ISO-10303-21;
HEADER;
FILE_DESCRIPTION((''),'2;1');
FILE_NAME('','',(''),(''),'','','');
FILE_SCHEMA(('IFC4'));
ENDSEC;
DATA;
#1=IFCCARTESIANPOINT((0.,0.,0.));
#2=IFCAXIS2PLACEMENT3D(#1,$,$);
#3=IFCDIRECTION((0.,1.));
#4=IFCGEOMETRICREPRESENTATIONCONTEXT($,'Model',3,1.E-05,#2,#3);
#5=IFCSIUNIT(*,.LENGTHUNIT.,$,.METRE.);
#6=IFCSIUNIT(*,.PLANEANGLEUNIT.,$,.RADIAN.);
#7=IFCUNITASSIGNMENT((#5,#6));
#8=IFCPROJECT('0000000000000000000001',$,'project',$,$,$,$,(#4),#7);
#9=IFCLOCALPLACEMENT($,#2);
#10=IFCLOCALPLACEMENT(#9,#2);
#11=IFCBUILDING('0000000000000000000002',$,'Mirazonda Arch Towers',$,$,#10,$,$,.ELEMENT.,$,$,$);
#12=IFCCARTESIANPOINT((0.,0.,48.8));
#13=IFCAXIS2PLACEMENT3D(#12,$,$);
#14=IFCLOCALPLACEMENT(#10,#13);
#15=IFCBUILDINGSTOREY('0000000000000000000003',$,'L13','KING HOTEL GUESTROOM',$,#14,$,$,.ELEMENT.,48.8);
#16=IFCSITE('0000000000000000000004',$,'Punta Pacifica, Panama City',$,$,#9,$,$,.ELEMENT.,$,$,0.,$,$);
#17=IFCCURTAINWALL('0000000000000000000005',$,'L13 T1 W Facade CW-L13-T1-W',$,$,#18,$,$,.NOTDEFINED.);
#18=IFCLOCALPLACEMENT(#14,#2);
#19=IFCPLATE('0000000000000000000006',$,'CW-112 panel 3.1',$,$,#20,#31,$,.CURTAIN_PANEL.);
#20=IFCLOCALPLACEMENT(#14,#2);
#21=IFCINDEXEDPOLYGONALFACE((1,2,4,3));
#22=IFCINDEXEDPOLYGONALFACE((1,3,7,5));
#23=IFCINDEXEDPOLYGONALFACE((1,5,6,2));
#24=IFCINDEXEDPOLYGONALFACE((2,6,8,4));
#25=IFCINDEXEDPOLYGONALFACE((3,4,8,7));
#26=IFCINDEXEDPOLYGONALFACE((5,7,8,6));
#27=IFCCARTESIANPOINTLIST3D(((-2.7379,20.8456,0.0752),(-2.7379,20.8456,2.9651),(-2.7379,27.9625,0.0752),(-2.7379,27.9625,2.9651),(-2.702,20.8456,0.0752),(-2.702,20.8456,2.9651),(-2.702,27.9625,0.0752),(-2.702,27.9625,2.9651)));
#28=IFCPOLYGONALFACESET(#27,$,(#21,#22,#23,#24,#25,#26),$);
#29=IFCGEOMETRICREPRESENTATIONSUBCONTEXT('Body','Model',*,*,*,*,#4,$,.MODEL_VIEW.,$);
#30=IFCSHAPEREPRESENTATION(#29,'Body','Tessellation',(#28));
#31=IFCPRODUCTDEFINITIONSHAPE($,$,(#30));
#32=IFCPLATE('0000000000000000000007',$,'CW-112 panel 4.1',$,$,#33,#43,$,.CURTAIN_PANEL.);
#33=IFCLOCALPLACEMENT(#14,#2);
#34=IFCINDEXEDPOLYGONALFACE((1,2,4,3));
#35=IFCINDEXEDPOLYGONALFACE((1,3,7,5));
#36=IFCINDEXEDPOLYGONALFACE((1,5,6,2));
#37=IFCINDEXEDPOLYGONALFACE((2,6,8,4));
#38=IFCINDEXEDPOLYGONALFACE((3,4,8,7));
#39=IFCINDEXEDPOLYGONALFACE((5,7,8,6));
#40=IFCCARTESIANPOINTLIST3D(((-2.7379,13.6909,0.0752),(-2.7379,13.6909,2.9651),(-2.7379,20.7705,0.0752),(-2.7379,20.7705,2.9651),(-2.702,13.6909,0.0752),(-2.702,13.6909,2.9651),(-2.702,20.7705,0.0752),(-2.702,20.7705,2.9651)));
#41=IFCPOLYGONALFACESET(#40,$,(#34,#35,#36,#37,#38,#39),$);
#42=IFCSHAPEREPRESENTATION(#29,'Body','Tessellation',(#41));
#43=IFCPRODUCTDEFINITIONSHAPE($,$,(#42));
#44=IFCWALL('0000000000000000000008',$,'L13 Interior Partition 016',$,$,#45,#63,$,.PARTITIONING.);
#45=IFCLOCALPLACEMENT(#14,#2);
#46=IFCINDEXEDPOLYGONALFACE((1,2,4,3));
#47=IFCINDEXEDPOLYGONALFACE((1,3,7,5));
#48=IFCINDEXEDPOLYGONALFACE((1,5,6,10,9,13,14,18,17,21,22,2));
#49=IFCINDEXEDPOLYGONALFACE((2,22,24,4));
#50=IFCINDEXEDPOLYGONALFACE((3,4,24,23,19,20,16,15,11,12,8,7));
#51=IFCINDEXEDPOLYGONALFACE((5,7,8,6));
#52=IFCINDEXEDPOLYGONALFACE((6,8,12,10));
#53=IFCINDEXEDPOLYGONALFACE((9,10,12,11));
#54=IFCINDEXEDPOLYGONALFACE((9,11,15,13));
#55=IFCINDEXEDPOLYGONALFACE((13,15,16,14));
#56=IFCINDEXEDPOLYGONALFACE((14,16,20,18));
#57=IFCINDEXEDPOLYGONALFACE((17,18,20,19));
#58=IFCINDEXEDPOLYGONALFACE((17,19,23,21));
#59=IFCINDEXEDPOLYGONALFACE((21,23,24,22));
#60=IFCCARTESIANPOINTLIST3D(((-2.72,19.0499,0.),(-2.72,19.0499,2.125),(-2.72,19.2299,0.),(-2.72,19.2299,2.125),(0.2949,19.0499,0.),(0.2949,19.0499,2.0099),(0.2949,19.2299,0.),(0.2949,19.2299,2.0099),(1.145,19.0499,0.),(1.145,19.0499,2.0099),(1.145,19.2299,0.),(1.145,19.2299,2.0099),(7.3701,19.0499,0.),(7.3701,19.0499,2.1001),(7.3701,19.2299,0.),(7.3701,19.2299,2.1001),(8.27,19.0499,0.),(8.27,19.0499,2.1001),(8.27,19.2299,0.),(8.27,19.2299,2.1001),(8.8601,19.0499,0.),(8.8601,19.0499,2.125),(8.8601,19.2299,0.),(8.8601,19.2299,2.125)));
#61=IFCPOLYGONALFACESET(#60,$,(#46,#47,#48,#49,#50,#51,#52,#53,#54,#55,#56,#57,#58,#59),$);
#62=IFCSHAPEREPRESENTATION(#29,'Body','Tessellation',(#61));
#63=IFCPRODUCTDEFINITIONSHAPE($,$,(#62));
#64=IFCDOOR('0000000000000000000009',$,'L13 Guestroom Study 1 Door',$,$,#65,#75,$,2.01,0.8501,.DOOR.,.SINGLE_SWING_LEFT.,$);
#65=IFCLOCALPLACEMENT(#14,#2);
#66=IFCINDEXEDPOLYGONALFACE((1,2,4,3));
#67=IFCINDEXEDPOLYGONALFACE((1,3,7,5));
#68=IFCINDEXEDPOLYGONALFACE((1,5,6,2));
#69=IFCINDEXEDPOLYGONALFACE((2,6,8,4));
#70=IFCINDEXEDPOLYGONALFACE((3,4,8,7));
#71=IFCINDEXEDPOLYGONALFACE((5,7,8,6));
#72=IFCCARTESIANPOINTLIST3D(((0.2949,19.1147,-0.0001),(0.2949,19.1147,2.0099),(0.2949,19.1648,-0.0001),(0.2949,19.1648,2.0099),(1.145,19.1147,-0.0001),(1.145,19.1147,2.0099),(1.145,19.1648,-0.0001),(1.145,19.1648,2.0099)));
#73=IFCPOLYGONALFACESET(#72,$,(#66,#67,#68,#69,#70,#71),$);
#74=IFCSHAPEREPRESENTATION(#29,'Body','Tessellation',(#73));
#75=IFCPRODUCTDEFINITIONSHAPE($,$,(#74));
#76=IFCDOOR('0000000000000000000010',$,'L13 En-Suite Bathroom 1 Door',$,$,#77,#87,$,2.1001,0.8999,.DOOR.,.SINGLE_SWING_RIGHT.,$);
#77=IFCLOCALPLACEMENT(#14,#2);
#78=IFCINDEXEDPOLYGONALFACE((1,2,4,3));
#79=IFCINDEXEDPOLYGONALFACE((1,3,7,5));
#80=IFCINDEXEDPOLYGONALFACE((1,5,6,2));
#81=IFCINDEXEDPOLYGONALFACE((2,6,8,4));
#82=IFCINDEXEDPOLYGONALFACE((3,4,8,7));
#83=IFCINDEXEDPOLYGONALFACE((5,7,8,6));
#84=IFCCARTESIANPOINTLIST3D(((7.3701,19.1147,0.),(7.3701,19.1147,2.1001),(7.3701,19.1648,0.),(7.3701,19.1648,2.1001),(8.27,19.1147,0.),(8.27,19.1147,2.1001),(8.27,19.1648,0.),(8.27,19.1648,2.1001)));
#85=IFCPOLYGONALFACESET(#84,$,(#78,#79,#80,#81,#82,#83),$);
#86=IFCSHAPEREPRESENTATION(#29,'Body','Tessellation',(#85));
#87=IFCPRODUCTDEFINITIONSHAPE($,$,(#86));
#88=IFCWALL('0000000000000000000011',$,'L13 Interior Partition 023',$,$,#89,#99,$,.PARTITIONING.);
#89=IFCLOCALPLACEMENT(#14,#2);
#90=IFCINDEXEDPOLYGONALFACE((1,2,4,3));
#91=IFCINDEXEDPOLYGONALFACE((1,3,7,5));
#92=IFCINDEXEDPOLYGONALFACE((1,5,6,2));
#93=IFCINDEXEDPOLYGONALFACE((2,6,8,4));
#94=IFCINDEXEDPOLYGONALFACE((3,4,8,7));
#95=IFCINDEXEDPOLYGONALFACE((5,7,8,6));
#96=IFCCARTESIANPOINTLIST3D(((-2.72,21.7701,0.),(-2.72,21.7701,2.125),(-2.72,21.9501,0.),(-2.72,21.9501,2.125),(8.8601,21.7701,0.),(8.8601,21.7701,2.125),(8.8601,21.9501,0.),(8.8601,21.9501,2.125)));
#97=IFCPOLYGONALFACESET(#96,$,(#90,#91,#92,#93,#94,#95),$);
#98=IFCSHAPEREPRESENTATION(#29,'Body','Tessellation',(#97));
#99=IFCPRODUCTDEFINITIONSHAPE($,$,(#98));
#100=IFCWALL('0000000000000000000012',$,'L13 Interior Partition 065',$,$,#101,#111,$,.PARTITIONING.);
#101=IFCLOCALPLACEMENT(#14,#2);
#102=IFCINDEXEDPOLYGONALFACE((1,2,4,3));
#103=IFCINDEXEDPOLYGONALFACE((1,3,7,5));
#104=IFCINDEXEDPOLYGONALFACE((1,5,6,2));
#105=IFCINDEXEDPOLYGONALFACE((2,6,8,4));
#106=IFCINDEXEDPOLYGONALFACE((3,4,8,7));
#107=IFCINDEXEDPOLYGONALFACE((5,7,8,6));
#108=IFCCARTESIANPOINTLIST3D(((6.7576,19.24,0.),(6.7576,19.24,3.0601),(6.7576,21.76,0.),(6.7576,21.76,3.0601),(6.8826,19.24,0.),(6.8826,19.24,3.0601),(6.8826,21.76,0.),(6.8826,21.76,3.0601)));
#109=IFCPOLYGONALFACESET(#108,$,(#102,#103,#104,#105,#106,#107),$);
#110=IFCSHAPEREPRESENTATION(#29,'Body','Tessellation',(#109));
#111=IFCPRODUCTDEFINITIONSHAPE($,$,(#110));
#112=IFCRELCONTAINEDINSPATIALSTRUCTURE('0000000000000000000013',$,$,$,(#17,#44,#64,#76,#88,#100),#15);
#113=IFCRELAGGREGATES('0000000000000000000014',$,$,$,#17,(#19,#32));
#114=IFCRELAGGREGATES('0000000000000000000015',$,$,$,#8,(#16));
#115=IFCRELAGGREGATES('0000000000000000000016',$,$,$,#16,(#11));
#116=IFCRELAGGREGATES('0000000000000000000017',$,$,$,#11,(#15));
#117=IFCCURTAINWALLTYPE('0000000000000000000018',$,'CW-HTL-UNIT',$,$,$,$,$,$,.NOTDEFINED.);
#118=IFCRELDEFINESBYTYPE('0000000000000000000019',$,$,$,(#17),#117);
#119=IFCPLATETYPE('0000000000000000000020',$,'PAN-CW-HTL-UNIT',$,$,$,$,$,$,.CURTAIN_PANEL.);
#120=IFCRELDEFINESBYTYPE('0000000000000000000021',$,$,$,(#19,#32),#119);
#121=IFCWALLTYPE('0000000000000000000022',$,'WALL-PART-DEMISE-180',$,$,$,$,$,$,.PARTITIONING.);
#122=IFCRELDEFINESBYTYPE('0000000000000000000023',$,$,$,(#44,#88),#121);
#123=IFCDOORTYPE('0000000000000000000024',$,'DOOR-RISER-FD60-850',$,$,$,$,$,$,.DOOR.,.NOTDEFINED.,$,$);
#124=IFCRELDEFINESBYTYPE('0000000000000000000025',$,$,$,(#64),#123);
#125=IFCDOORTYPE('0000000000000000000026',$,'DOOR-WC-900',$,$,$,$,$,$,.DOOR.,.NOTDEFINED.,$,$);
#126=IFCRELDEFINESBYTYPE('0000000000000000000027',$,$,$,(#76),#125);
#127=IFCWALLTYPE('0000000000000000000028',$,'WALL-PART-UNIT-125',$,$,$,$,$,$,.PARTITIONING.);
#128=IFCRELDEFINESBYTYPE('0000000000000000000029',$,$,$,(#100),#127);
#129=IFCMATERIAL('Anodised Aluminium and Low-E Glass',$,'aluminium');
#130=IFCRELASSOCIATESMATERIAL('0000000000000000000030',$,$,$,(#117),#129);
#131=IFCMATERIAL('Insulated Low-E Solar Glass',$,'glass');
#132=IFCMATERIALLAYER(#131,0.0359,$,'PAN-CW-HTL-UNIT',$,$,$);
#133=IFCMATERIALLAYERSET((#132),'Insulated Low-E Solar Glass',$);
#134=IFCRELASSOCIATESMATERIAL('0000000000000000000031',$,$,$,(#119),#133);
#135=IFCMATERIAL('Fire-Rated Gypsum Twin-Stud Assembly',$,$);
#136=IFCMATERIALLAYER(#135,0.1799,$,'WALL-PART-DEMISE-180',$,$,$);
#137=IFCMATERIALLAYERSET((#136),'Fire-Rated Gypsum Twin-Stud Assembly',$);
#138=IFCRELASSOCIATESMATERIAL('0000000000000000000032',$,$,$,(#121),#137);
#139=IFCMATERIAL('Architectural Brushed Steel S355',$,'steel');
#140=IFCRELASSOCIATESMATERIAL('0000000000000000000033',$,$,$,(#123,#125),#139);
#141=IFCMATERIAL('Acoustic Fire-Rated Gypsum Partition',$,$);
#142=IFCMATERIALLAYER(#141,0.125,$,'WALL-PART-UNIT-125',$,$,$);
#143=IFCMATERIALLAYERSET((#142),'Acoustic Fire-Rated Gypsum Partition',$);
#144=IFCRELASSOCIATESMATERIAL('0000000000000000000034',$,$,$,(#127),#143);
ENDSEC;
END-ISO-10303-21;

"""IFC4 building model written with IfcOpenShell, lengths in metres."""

from ifc_helpers import new_model, si_unit, direction, frame, frame_2d, origin, origin_2d, place, context, subcontext, project, spatial, rectangle, extrude, material, layer, layer_set, type_object, element, fill, aggregate, save


model = new_model("IFC4")

# Units and contexts
model_context = context("Model", 3, precision=1e-05, world=origin(), true_north=direction((0.0, 1.0)))
body_context = subcontext(model_context, "Body", "Model", "MODEL_VIEW")
ifc_project = project(units=[si_unit("LENGTHUNIT", "METRE"), si_unit("PLANEANGLEUNIT", "RADIAN")], contexts=[model_context])

# Site, building, storey
site_placement = place(None, origin())
site = spatial("IfcSite", under=ifc_project, at=site_placement, Name="Punta Pacifica, Panama City", CompositionType="ELEMENT", RefElevation=0.0)
building_placement = place(site_placement, origin())
building = spatial("IfcBuilding", under=site, at=building_placement, Name="Mirazonda Arch Towers", CompositionType="ELEMENT")
storey_placement = place(building_placement, frame((0.0, 0.0, 48.8)))
storey = spatial("IfcBuildingStorey", under=building, at=storey_placement, Name="L13", Description="KING HOTEL GUESTROOM", CompositionType="ELEMENT", Elevation=48.8)

# Curtain wall, plates
ifc_material_1 = material(Name="Anodised Aluminium and Low-E Glass", Category="aluminium")
curtain_wall_type = type_object("IfcCurtainWallType", Name="CW-HTL-UNIT", PredefinedType="NOTDEFINED", material=ifc_material_1)
curtain_wall_placement = place(storey_placement, origin())
curtain_wall = element("IfcCurtainWall", 1, at=curtain_wall_placement, inside=storey, type_object=curtain_wall_type, Name="L13 T1 W Facade CW-L13-T1-W", PredefinedType="NOTDEFINED")
ifc_material_2 = material(Name="Insulated Low-E Solar Glass", Category="glass")
ifc_layer_1 = layer(ifc_material_2, 0.0359, Name="PAN-CW-HTL-UNIT")
ifc_layer_set_1 = layer_set([ifc_layer_1], Name="Insulated Low-E Solar Glass")
plate_type = type_object("IfcPlateType", Name="PAN-CW-HTL-UNIT", PredefinedType="CURTAIN_PANEL", material=ifc_layer_set_1)
plate_1_placement = place(storey_placement, frame((-2.72, 24.4041, 0.0752), z_axis=(0.0, 0.0, 1.0), x_axis=(0.0, -1.0, 0.0)))
plate_1 = element("IfcPlate", 2, at=plate_1_placement, type_object=plate_type, Name="CW-112 panel 3.1", PredefinedType="CURTAIN_PANEL", context=body_context, shape_type="SweptSolid", body=[
    extrude(rectangle(XDim=7.1169, YDim=0.0359, at=origin_2d()), origin(), (0.0, 0.0, 1.0), 2.8899),
])
plate_2_placement = place(storey_placement, frame((-2.72, 17.2307, 0.0752), z_axis=(0.0, 0.0, 1.0), x_axis=(0.0, -1.0, 0.0)))
plate_2 = element("IfcPlate", 3, at=plate_2_placement, type_object=plate_type, Name="CW-112 panel 4.1", PredefinedType="CURTAIN_PANEL", context=body_context, shape_type="SweptSolid", body=[
    extrude(rectangle(XDim=7.0796, YDim=0.0359, at=origin_2d()), origin(), (0.0, 0.0, 1.0), 2.8899),
])
aggregate(curtain_wall, [plate_1, plate_2])

# Wall, openings, doors
ifc_material_3 = material(Name="Fire-Rated Gypsum Twin-Stud Assembly")
ifc_layer_2 = layer(ifc_material_3, 0.1799, Name="WALL-PART-DEMISE-180")
ifc_layer_set_2 = layer_set([ifc_layer_2], Name="Fire-Rated Gypsum Twin-Stud Assembly")
wall_type_1 = type_object("IfcWallType", Name="WALL-PART-DEMISE-180", PredefinedType="PARTITIONING", material=ifc_layer_set_2)
wall_1_placement = place(storey_placement, frame((-2.72, 19.1399, 0.0), z_axis=(0.0, 0.0, 1.0), x_axis=(1.0, 0.0, 0.0)))
wall_1 = element("IfcWall", 4, at=wall_1_placement, inside=storey, type_object=wall_type_1, Name="L13 Interior Partition 016", PredefinedType="PARTITIONING", context=body_context, shape_type="SweptSolid", body=[
    extrude(rectangle(XDim=11.5801, YDim=0.1799, at=frame_2d((5.79, 0.0))), origin(), (0.0, 0.0, 1.0), 2.125),
])
opening_1_placement = place(wall_1_placement, frame((3.0149, 0.0, 0.0)))
opening_1 = element("IfcOpeningElement", 5, at=opening_1_placement, cuts=wall_1, PredefinedType="OPENING", context=body_context, shape_type="SweptSolid", body=[
    extrude(rectangle(XDim=0.8501, YDim=2.01, at=frame_2d((0.425, 1.0049))), frame((0.0, 0.0999, 0.0), z_axis=(0.0, -1.0, 0.0), x_axis=(1.0, 0.0, 0.0)), (0.0, 0.0, 1.0), 0.2),
])
opening_2_placement = place(wall_1_placement, frame((10.0901, 0.0, 0.0)))
opening_2 = element("IfcOpeningElement", 6, at=opening_2_placement, cuts=wall_1, PredefinedType="OPENING", context=body_context, shape_type="SweptSolid", body=[
    extrude(rectangle(XDim=0.8999, YDim=2.1001, at=frame_2d((0.45, 1.05))), frame((0.0, 0.0999, 0.0), z_axis=(0.0, -1.0, 0.0), x_axis=(1.0, 0.0, 0.0)), (0.0, 0.0, 1.0), 0.2),
])
ifc_material_4 = material(Name="Architectural Brushed Steel S355", Category="steel")
door_type_1 = type_object("IfcDoorType", Name="DOOR-RISER-FD60-850", OperationType="NOTDEFINED", PredefinedType="DOOR", material=ifc_material_4)
door_1_placement = place(opening_1_placement, origin())
door_1 = element("IfcDoor", 7, at=door_1_placement, inside=storey, type_object=door_type_1, Name="L13 Guestroom Study 1 Door", OperationType="SINGLE_SWING_LEFT", OverallHeight=2.01, OverallWidth=0.8501, PredefinedType="DOOR", context=body_context, shape_type="SweptSolid", body=[
    extrude(rectangle(XDim=0.8501, YDim=2.01, at=frame_2d((0.425, 1.0049))), frame((0.0, 0.0249, 0.0), z_axis=(0.0, -1.0, 0.0), x_axis=(1.0, 0.0, 0.0)), (0.0, 0.0, 1.0), 0.05),
])
fill(opening_1, door_1)
door_type_2 = type_object("IfcDoorType", Name="DOOR-WC-900", OperationType="NOTDEFINED", PredefinedType="DOOR", material=ifc_material_4)
door_2_placement = place(opening_2_placement, origin())
door_2 = element("IfcDoor", 8, at=door_2_placement, inside=storey, type_object=door_type_2, Name="L13 En-Suite Bathroom 1 Door", OperationType="SINGLE_SWING_RIGHT", OverallHeight=2.1001, OverallWidth=0.8999, PredefinedType="DOOR", context=body_context, shape_type="SweptSolid", body=[
    extrude(rectangle(XDim=0.8999, YDim=2.1001, at=frame_2d((0.45, 1.05))), frame((0.0, 0.0249, 0.0), z_axis=(0.0, -1.0, 0.0), x_axis=(1.0, 0.0, 0.0)), (0.0, 0.0, 1.0), 0.05),
])
fill(opening_2, door_2)

# Walls
wall_2_placement = place(storey_placement, frame((-2.72, 21.8601, 0.0), z_axis=(0.0, 0.0, 1.0), x_axis=(1.0, 0.0, 0.0)))
element("IfcWall", 9, at=wall_2_placement, inside=storey, type_object=wall_type_1, Name="L13 Interior Partition 023", PredefinedType="PARTITIONING", context=body_context, shape_type="SweptSolid", body=[
    extrude(rectangle(XDim=11.5801, YDim=0.1799, at=frame_2d((5.79, 0.0))), origin(), (0.0, 0.0, 1.0), 2.125),
])
ifc_material_5 = material(Name="Acoustic Fire-Rated Gypsum Partition")
ifc_layer_3 = layer(ifc_material_5, 0.125, Name="WALL-PART-UNIT-125")
ifc_layer_set_3 = layer_set([ifc_layer_3], Name="Acoustic Fire-Rated Gypsum Partition")
wall_type_2 = type_object("IfcWallType", Name="WALL-PART-UNIT-125", PredefinedType="PARTITIONING", material=ifc_layer_set_3)
wall_3_placement = place(storey_placement, frame((6.8201, 19.24, 0.0), z_axis=(0.0, 0.0, 1.0), x_axis=(0.0, 1.0, 0.0)))
element("IfcWall", 10, at=wall_3_placement, inside=storey, type_object=wall_type_2, Name="L13 Interior Partition 065", PredefinedType="PARTITIONING", context=body_context, shape_type="SweptSolid", body=[
    extrude(rectangle(XDim=2.52, YDim=0.125, at=frame_2d((1.26, 0.0))), origin(), (0.0, 0.0, 1.0), 3.0601),
])

save(model, "model.ifc")
